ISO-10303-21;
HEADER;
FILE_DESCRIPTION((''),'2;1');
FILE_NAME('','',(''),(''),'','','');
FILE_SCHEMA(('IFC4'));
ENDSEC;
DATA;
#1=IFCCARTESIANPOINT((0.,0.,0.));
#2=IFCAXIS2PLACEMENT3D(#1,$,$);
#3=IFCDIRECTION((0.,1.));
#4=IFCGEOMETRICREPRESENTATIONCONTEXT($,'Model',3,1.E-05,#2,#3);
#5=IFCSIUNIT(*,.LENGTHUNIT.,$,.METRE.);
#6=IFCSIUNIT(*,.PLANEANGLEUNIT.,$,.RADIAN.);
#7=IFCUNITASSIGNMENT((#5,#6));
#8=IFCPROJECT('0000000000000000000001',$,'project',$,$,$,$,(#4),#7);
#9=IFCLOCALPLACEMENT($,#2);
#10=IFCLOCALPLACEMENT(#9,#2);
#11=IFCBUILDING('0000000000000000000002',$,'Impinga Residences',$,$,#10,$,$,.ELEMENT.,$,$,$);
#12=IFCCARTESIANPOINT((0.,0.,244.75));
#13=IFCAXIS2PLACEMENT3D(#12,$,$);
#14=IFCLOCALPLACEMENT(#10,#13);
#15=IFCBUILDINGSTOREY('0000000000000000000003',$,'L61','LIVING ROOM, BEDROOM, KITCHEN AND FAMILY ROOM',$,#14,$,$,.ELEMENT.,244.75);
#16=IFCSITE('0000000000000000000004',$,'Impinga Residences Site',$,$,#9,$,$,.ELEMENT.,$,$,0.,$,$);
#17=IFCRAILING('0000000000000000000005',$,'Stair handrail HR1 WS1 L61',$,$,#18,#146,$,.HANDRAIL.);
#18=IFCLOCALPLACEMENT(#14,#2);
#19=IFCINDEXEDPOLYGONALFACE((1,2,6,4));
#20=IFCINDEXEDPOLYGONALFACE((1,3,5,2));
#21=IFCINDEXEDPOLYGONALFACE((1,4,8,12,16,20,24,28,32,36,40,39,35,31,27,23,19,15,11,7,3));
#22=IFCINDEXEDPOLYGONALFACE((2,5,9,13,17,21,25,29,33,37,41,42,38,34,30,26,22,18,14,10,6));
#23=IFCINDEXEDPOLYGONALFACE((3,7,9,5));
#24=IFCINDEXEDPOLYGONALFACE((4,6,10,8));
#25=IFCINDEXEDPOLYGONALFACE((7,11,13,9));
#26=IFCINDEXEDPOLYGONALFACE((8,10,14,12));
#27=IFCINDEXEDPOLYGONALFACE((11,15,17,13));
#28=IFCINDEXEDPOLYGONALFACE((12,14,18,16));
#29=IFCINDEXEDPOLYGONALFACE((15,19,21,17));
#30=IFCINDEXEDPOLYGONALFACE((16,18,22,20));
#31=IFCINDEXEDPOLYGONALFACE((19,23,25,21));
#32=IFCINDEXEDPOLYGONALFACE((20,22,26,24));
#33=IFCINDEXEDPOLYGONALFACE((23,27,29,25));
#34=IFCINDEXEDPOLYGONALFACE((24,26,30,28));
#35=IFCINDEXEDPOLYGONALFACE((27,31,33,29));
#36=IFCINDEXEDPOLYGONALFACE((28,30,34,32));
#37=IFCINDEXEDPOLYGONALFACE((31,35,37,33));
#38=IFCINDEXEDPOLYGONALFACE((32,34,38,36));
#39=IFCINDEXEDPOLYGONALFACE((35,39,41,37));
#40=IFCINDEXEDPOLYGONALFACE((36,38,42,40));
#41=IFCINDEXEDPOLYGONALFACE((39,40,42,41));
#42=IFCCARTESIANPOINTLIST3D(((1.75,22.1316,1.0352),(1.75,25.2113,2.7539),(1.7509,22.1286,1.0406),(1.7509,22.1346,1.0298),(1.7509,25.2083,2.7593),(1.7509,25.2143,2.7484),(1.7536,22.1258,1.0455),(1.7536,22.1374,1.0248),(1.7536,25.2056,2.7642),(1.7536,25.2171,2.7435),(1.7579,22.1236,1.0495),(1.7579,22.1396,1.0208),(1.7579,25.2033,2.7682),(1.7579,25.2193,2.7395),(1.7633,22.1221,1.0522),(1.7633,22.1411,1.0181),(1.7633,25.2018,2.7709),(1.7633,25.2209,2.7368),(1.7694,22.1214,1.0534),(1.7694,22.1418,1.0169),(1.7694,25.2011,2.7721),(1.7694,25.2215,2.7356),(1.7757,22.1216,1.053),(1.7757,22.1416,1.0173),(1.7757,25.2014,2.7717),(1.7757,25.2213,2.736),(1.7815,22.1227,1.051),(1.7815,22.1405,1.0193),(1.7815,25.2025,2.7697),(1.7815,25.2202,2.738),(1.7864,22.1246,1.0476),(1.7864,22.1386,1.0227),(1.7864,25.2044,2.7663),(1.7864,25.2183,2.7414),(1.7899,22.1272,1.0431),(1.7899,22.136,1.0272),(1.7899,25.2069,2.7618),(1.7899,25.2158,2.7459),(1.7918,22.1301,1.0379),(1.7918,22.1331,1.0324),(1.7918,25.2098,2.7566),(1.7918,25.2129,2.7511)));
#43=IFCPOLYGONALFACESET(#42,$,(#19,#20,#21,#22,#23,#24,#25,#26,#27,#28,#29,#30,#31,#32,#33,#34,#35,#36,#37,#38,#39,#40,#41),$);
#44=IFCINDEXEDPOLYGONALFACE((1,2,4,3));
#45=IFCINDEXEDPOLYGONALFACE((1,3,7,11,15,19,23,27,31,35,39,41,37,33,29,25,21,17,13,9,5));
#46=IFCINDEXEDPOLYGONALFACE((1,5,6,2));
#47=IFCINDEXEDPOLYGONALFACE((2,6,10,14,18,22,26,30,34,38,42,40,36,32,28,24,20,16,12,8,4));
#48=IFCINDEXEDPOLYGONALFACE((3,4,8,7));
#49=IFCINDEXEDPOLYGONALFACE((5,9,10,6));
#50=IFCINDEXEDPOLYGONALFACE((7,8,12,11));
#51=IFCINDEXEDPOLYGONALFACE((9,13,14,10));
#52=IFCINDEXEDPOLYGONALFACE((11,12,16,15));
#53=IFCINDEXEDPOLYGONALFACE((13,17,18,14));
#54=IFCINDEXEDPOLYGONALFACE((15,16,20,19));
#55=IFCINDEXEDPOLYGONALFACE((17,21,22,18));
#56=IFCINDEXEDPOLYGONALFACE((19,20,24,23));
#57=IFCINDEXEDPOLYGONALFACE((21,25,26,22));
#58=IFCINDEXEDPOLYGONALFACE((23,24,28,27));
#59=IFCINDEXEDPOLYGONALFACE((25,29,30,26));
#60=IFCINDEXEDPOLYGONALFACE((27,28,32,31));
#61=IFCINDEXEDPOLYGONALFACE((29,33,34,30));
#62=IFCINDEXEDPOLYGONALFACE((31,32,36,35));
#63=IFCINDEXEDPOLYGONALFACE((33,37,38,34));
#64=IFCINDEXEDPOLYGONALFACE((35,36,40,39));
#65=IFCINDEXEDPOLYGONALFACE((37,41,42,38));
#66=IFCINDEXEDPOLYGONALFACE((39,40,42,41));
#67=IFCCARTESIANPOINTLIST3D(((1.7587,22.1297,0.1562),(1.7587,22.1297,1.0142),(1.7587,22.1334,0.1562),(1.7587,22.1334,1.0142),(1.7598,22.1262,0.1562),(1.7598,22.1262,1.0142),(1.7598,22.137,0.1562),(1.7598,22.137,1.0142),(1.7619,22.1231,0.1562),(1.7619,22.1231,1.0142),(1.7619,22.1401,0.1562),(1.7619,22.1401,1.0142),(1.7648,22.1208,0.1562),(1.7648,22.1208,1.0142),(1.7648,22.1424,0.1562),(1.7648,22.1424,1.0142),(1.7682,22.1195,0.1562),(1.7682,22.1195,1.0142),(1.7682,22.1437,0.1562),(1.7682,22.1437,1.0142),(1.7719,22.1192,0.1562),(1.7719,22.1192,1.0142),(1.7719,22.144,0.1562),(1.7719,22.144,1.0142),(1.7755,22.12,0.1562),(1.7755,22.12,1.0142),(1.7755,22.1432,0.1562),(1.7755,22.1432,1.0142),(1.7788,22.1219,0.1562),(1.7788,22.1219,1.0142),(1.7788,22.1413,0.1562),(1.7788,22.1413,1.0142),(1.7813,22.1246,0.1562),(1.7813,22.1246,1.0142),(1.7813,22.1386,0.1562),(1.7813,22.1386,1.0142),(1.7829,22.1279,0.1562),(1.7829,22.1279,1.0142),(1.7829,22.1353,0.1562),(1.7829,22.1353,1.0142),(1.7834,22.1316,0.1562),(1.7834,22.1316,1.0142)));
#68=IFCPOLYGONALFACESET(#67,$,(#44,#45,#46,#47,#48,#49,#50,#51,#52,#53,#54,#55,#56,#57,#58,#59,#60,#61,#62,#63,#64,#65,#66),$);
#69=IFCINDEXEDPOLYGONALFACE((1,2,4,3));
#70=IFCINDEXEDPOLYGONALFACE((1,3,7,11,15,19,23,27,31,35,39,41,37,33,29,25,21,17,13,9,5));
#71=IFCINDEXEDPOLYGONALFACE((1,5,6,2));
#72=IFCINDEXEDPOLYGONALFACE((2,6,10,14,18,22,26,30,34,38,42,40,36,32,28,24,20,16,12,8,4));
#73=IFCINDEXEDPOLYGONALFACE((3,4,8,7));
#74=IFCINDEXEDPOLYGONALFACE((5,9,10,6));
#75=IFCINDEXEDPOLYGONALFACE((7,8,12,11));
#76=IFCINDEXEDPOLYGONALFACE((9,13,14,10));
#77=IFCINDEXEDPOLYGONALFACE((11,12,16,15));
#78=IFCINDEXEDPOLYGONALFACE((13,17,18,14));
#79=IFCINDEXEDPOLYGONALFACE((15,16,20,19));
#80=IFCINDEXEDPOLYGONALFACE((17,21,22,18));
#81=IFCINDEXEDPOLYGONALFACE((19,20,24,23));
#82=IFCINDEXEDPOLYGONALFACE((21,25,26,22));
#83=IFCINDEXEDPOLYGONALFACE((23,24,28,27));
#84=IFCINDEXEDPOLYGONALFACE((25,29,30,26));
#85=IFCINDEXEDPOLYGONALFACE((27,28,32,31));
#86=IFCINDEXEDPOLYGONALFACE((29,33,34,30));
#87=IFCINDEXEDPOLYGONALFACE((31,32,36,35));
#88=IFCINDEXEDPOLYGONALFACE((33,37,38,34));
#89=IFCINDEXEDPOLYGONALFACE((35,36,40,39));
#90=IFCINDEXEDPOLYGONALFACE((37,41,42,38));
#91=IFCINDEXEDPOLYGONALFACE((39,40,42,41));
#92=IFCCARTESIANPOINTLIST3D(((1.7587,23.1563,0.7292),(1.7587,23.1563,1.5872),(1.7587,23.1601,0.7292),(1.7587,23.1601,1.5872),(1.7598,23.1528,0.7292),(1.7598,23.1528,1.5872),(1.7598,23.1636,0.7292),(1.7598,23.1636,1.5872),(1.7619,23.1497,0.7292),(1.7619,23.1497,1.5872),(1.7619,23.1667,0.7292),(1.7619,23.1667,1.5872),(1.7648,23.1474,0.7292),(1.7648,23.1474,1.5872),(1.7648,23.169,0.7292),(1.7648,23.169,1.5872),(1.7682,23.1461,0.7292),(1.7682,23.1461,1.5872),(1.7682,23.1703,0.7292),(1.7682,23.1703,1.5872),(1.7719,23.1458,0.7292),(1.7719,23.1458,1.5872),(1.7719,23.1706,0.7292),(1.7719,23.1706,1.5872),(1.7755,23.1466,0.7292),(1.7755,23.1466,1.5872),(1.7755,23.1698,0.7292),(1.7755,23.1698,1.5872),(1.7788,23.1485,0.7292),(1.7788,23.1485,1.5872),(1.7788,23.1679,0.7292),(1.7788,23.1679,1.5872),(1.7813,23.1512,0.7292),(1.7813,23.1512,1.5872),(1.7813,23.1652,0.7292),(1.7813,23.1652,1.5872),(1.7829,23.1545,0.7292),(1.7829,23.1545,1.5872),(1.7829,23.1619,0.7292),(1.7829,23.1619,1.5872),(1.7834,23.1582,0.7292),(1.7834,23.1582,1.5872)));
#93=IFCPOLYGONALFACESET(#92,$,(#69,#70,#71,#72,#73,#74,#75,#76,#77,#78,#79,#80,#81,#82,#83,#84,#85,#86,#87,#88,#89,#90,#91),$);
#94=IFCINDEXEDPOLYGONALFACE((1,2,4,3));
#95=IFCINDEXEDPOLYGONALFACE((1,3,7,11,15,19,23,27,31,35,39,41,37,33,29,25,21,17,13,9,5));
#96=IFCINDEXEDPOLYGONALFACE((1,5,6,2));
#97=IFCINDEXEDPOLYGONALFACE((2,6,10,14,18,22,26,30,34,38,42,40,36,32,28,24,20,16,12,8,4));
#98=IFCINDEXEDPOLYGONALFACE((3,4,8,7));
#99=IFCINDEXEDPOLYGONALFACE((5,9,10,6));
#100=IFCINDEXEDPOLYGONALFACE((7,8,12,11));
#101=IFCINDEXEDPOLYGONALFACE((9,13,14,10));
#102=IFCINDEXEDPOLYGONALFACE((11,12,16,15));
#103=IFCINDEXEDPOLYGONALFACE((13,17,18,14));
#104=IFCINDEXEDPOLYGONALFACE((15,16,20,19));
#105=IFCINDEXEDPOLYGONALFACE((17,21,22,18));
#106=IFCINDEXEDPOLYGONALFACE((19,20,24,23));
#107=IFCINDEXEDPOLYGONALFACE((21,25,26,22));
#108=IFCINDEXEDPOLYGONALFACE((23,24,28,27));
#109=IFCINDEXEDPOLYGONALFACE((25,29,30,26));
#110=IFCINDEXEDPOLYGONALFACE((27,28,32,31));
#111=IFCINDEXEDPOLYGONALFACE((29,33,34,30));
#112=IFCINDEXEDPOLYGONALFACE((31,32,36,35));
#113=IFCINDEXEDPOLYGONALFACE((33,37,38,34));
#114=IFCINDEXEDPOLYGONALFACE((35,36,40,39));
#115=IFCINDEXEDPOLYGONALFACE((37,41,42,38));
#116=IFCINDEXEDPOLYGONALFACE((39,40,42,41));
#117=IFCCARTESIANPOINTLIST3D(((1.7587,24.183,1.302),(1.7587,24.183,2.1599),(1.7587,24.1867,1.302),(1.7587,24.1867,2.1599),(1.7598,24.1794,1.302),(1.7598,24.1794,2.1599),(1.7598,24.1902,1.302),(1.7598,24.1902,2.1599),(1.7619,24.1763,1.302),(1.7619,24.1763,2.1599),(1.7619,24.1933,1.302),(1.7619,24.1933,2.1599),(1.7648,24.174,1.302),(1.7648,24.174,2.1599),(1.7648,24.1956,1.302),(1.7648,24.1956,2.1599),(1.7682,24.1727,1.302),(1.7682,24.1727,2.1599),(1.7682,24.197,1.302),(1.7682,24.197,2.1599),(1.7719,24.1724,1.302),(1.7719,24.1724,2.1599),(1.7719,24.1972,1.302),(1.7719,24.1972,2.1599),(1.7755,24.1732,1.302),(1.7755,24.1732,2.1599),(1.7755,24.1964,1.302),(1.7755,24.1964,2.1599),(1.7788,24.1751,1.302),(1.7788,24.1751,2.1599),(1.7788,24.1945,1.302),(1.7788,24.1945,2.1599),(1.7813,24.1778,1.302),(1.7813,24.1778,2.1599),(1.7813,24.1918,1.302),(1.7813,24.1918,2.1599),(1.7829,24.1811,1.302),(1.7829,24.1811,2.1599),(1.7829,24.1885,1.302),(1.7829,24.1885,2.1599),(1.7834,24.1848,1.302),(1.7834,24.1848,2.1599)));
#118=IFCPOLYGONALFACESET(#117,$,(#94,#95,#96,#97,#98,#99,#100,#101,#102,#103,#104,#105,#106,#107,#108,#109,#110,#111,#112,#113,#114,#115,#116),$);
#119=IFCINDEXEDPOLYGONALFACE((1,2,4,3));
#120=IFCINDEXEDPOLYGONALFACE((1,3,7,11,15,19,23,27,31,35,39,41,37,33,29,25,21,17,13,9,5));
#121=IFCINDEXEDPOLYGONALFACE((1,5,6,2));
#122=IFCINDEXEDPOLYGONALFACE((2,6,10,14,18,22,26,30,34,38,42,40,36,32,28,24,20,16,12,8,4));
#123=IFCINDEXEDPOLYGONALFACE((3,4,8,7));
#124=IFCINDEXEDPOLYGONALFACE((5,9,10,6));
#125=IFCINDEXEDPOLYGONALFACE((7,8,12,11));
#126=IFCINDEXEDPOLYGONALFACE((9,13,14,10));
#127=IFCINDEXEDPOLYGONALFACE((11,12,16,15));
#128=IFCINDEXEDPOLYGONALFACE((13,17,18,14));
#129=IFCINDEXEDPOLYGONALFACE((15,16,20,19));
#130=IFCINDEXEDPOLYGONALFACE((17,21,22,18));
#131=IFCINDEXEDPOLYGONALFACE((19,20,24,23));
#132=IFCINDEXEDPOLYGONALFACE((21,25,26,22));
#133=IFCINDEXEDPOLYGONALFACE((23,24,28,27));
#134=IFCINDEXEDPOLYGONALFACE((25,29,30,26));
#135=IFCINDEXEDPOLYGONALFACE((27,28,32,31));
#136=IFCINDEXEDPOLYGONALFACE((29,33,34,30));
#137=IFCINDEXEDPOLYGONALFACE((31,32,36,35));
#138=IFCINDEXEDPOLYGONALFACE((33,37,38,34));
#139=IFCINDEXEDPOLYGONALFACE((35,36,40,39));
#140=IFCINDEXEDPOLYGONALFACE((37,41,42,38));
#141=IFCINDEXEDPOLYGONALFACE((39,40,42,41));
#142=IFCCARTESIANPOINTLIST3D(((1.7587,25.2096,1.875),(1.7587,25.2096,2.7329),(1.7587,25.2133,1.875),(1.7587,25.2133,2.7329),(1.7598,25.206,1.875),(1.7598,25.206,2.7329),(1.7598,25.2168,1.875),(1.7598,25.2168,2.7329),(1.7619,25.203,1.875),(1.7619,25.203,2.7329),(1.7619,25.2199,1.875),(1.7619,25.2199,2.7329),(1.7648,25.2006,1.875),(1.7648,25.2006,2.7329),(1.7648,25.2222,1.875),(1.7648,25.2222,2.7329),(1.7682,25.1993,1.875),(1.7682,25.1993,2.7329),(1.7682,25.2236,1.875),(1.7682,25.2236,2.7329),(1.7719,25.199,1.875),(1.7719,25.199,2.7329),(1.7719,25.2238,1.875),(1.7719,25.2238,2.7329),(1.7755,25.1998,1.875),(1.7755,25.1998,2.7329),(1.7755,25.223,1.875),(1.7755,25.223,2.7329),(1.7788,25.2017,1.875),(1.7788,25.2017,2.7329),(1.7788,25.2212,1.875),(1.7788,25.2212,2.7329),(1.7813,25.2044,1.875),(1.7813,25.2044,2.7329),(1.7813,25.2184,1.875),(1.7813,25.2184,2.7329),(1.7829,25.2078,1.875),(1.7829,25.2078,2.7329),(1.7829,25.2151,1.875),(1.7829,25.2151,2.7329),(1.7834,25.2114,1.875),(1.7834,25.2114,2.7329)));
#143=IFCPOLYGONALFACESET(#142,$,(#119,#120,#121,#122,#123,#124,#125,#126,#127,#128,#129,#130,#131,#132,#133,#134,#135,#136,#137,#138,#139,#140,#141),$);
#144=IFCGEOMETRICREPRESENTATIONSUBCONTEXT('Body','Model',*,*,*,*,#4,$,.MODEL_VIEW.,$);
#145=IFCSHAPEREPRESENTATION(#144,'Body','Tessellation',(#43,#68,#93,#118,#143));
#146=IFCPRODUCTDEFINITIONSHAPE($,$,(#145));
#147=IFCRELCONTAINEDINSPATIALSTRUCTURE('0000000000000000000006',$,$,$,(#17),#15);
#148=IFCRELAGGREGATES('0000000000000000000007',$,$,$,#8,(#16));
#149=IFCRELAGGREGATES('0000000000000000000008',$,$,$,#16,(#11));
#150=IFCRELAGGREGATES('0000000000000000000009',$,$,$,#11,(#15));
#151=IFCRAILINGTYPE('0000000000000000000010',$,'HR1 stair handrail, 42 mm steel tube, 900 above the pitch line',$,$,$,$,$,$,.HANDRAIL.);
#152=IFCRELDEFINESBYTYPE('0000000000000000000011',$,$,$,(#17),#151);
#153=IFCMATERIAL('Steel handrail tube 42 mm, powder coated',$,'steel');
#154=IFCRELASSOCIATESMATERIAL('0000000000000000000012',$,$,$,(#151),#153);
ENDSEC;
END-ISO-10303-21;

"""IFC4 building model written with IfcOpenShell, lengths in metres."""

from ifc_helpers import new_model, si_unit, direction, frame, origin, origin_2d, place, context, subcontext, project, spatial, circle, extrude, material, type_object, element, save


model = new_model("IFC4")

# Units and contexts
model_context = context("Model", 3, precision=1e-05, world=origin(), true_north=direction((0.0, 1.0)))
body_context = subcontext(model_context, "Body", "Model", "MODEL_VIEW")
ifc_project = project(units=[si_unit("LENGTHUNIT", "METRE"), si_unit("PLANEANGLEUNIT", "RADIAN")], contexts=[model_context])

# Site, building, storey
site_placement = place(None, origin())
site = spatial("IfcSite", under=ifc_project, at=site_placement, Name="Impinga Residences Site", CompositionType="ELEMENT", RefElevation=0.0)
building_placement = place(site_placement, origin())
building = spatial("IfcBuilding", under=site, at=building_placement, Name="Impinga Residences", CompositionType="ELEMENT")
storey_placement = place(building_placement, frame((0.0, 0.0, 244.75)))
storey = spatial("IfcBuildingStorey", under=building, at=storey_placement, Name="L61", Description="LIVING ROOM, BEDROOM, KITCHEN AND FAMILY ROOM", CompositionType="ELEMENT", Elevation=244.75)

# Railing
ifc_material_1 = material(Name="Steel handrail tube 42 mm, powder coated", Category="steel")
railing_type_1 = type_object("IfcRailingType", Name="HR1 stair handrail, 42 mm steel tube, 900 above the pitch line", PredefinedType="HANDRAIL", material=ifc_material_1)
railing_1_placement = place(storey_placement, frame((1.771, 22.1316, 0.1562)))
element("IfcRailing", 1, at=railing_1_placement, inside=storey, type_object=railing_type_1, Name="Stair handrail HR1 WS1 L61", PredefinedType="HANDRAIL", context=body_context, shape_type="SweptSolid", body=[
    extrude(circle(Radius=0.021, at=origin_2d()), frame((0.0, 0.0, 0.8789), z_axis=(0.0, 0.873225, 0.487317), x_axis=(-1.0, 0.0, 0.0)), (0.0, 0.0, 1.0), 3.5269),
    extrude(circle(Radius=0.0125, at=origin_2d()), origin(), (0.0, 0.0, 1.0), 0.8579),
    extrude(circle(Radius=0.0125, at=origin_2d()), frame((0.0, 1.0266, 0.573)), (0.0, 0.0, 1.0), 0.8579),
    extrude(circle(Radius=0.0125, at=origin_2d()), frame((0.0, 2.0532, 1.1458)), (0.0, 0.0, 1.0), 0.8579),
    extrude(circle(Radius=0.0125, at=origin_2d()), frame((0.0, 3.0798, 1.7188)), (0.0, 0.0, 1.0), 0.8579),
])

save(model, "model.ifc")
